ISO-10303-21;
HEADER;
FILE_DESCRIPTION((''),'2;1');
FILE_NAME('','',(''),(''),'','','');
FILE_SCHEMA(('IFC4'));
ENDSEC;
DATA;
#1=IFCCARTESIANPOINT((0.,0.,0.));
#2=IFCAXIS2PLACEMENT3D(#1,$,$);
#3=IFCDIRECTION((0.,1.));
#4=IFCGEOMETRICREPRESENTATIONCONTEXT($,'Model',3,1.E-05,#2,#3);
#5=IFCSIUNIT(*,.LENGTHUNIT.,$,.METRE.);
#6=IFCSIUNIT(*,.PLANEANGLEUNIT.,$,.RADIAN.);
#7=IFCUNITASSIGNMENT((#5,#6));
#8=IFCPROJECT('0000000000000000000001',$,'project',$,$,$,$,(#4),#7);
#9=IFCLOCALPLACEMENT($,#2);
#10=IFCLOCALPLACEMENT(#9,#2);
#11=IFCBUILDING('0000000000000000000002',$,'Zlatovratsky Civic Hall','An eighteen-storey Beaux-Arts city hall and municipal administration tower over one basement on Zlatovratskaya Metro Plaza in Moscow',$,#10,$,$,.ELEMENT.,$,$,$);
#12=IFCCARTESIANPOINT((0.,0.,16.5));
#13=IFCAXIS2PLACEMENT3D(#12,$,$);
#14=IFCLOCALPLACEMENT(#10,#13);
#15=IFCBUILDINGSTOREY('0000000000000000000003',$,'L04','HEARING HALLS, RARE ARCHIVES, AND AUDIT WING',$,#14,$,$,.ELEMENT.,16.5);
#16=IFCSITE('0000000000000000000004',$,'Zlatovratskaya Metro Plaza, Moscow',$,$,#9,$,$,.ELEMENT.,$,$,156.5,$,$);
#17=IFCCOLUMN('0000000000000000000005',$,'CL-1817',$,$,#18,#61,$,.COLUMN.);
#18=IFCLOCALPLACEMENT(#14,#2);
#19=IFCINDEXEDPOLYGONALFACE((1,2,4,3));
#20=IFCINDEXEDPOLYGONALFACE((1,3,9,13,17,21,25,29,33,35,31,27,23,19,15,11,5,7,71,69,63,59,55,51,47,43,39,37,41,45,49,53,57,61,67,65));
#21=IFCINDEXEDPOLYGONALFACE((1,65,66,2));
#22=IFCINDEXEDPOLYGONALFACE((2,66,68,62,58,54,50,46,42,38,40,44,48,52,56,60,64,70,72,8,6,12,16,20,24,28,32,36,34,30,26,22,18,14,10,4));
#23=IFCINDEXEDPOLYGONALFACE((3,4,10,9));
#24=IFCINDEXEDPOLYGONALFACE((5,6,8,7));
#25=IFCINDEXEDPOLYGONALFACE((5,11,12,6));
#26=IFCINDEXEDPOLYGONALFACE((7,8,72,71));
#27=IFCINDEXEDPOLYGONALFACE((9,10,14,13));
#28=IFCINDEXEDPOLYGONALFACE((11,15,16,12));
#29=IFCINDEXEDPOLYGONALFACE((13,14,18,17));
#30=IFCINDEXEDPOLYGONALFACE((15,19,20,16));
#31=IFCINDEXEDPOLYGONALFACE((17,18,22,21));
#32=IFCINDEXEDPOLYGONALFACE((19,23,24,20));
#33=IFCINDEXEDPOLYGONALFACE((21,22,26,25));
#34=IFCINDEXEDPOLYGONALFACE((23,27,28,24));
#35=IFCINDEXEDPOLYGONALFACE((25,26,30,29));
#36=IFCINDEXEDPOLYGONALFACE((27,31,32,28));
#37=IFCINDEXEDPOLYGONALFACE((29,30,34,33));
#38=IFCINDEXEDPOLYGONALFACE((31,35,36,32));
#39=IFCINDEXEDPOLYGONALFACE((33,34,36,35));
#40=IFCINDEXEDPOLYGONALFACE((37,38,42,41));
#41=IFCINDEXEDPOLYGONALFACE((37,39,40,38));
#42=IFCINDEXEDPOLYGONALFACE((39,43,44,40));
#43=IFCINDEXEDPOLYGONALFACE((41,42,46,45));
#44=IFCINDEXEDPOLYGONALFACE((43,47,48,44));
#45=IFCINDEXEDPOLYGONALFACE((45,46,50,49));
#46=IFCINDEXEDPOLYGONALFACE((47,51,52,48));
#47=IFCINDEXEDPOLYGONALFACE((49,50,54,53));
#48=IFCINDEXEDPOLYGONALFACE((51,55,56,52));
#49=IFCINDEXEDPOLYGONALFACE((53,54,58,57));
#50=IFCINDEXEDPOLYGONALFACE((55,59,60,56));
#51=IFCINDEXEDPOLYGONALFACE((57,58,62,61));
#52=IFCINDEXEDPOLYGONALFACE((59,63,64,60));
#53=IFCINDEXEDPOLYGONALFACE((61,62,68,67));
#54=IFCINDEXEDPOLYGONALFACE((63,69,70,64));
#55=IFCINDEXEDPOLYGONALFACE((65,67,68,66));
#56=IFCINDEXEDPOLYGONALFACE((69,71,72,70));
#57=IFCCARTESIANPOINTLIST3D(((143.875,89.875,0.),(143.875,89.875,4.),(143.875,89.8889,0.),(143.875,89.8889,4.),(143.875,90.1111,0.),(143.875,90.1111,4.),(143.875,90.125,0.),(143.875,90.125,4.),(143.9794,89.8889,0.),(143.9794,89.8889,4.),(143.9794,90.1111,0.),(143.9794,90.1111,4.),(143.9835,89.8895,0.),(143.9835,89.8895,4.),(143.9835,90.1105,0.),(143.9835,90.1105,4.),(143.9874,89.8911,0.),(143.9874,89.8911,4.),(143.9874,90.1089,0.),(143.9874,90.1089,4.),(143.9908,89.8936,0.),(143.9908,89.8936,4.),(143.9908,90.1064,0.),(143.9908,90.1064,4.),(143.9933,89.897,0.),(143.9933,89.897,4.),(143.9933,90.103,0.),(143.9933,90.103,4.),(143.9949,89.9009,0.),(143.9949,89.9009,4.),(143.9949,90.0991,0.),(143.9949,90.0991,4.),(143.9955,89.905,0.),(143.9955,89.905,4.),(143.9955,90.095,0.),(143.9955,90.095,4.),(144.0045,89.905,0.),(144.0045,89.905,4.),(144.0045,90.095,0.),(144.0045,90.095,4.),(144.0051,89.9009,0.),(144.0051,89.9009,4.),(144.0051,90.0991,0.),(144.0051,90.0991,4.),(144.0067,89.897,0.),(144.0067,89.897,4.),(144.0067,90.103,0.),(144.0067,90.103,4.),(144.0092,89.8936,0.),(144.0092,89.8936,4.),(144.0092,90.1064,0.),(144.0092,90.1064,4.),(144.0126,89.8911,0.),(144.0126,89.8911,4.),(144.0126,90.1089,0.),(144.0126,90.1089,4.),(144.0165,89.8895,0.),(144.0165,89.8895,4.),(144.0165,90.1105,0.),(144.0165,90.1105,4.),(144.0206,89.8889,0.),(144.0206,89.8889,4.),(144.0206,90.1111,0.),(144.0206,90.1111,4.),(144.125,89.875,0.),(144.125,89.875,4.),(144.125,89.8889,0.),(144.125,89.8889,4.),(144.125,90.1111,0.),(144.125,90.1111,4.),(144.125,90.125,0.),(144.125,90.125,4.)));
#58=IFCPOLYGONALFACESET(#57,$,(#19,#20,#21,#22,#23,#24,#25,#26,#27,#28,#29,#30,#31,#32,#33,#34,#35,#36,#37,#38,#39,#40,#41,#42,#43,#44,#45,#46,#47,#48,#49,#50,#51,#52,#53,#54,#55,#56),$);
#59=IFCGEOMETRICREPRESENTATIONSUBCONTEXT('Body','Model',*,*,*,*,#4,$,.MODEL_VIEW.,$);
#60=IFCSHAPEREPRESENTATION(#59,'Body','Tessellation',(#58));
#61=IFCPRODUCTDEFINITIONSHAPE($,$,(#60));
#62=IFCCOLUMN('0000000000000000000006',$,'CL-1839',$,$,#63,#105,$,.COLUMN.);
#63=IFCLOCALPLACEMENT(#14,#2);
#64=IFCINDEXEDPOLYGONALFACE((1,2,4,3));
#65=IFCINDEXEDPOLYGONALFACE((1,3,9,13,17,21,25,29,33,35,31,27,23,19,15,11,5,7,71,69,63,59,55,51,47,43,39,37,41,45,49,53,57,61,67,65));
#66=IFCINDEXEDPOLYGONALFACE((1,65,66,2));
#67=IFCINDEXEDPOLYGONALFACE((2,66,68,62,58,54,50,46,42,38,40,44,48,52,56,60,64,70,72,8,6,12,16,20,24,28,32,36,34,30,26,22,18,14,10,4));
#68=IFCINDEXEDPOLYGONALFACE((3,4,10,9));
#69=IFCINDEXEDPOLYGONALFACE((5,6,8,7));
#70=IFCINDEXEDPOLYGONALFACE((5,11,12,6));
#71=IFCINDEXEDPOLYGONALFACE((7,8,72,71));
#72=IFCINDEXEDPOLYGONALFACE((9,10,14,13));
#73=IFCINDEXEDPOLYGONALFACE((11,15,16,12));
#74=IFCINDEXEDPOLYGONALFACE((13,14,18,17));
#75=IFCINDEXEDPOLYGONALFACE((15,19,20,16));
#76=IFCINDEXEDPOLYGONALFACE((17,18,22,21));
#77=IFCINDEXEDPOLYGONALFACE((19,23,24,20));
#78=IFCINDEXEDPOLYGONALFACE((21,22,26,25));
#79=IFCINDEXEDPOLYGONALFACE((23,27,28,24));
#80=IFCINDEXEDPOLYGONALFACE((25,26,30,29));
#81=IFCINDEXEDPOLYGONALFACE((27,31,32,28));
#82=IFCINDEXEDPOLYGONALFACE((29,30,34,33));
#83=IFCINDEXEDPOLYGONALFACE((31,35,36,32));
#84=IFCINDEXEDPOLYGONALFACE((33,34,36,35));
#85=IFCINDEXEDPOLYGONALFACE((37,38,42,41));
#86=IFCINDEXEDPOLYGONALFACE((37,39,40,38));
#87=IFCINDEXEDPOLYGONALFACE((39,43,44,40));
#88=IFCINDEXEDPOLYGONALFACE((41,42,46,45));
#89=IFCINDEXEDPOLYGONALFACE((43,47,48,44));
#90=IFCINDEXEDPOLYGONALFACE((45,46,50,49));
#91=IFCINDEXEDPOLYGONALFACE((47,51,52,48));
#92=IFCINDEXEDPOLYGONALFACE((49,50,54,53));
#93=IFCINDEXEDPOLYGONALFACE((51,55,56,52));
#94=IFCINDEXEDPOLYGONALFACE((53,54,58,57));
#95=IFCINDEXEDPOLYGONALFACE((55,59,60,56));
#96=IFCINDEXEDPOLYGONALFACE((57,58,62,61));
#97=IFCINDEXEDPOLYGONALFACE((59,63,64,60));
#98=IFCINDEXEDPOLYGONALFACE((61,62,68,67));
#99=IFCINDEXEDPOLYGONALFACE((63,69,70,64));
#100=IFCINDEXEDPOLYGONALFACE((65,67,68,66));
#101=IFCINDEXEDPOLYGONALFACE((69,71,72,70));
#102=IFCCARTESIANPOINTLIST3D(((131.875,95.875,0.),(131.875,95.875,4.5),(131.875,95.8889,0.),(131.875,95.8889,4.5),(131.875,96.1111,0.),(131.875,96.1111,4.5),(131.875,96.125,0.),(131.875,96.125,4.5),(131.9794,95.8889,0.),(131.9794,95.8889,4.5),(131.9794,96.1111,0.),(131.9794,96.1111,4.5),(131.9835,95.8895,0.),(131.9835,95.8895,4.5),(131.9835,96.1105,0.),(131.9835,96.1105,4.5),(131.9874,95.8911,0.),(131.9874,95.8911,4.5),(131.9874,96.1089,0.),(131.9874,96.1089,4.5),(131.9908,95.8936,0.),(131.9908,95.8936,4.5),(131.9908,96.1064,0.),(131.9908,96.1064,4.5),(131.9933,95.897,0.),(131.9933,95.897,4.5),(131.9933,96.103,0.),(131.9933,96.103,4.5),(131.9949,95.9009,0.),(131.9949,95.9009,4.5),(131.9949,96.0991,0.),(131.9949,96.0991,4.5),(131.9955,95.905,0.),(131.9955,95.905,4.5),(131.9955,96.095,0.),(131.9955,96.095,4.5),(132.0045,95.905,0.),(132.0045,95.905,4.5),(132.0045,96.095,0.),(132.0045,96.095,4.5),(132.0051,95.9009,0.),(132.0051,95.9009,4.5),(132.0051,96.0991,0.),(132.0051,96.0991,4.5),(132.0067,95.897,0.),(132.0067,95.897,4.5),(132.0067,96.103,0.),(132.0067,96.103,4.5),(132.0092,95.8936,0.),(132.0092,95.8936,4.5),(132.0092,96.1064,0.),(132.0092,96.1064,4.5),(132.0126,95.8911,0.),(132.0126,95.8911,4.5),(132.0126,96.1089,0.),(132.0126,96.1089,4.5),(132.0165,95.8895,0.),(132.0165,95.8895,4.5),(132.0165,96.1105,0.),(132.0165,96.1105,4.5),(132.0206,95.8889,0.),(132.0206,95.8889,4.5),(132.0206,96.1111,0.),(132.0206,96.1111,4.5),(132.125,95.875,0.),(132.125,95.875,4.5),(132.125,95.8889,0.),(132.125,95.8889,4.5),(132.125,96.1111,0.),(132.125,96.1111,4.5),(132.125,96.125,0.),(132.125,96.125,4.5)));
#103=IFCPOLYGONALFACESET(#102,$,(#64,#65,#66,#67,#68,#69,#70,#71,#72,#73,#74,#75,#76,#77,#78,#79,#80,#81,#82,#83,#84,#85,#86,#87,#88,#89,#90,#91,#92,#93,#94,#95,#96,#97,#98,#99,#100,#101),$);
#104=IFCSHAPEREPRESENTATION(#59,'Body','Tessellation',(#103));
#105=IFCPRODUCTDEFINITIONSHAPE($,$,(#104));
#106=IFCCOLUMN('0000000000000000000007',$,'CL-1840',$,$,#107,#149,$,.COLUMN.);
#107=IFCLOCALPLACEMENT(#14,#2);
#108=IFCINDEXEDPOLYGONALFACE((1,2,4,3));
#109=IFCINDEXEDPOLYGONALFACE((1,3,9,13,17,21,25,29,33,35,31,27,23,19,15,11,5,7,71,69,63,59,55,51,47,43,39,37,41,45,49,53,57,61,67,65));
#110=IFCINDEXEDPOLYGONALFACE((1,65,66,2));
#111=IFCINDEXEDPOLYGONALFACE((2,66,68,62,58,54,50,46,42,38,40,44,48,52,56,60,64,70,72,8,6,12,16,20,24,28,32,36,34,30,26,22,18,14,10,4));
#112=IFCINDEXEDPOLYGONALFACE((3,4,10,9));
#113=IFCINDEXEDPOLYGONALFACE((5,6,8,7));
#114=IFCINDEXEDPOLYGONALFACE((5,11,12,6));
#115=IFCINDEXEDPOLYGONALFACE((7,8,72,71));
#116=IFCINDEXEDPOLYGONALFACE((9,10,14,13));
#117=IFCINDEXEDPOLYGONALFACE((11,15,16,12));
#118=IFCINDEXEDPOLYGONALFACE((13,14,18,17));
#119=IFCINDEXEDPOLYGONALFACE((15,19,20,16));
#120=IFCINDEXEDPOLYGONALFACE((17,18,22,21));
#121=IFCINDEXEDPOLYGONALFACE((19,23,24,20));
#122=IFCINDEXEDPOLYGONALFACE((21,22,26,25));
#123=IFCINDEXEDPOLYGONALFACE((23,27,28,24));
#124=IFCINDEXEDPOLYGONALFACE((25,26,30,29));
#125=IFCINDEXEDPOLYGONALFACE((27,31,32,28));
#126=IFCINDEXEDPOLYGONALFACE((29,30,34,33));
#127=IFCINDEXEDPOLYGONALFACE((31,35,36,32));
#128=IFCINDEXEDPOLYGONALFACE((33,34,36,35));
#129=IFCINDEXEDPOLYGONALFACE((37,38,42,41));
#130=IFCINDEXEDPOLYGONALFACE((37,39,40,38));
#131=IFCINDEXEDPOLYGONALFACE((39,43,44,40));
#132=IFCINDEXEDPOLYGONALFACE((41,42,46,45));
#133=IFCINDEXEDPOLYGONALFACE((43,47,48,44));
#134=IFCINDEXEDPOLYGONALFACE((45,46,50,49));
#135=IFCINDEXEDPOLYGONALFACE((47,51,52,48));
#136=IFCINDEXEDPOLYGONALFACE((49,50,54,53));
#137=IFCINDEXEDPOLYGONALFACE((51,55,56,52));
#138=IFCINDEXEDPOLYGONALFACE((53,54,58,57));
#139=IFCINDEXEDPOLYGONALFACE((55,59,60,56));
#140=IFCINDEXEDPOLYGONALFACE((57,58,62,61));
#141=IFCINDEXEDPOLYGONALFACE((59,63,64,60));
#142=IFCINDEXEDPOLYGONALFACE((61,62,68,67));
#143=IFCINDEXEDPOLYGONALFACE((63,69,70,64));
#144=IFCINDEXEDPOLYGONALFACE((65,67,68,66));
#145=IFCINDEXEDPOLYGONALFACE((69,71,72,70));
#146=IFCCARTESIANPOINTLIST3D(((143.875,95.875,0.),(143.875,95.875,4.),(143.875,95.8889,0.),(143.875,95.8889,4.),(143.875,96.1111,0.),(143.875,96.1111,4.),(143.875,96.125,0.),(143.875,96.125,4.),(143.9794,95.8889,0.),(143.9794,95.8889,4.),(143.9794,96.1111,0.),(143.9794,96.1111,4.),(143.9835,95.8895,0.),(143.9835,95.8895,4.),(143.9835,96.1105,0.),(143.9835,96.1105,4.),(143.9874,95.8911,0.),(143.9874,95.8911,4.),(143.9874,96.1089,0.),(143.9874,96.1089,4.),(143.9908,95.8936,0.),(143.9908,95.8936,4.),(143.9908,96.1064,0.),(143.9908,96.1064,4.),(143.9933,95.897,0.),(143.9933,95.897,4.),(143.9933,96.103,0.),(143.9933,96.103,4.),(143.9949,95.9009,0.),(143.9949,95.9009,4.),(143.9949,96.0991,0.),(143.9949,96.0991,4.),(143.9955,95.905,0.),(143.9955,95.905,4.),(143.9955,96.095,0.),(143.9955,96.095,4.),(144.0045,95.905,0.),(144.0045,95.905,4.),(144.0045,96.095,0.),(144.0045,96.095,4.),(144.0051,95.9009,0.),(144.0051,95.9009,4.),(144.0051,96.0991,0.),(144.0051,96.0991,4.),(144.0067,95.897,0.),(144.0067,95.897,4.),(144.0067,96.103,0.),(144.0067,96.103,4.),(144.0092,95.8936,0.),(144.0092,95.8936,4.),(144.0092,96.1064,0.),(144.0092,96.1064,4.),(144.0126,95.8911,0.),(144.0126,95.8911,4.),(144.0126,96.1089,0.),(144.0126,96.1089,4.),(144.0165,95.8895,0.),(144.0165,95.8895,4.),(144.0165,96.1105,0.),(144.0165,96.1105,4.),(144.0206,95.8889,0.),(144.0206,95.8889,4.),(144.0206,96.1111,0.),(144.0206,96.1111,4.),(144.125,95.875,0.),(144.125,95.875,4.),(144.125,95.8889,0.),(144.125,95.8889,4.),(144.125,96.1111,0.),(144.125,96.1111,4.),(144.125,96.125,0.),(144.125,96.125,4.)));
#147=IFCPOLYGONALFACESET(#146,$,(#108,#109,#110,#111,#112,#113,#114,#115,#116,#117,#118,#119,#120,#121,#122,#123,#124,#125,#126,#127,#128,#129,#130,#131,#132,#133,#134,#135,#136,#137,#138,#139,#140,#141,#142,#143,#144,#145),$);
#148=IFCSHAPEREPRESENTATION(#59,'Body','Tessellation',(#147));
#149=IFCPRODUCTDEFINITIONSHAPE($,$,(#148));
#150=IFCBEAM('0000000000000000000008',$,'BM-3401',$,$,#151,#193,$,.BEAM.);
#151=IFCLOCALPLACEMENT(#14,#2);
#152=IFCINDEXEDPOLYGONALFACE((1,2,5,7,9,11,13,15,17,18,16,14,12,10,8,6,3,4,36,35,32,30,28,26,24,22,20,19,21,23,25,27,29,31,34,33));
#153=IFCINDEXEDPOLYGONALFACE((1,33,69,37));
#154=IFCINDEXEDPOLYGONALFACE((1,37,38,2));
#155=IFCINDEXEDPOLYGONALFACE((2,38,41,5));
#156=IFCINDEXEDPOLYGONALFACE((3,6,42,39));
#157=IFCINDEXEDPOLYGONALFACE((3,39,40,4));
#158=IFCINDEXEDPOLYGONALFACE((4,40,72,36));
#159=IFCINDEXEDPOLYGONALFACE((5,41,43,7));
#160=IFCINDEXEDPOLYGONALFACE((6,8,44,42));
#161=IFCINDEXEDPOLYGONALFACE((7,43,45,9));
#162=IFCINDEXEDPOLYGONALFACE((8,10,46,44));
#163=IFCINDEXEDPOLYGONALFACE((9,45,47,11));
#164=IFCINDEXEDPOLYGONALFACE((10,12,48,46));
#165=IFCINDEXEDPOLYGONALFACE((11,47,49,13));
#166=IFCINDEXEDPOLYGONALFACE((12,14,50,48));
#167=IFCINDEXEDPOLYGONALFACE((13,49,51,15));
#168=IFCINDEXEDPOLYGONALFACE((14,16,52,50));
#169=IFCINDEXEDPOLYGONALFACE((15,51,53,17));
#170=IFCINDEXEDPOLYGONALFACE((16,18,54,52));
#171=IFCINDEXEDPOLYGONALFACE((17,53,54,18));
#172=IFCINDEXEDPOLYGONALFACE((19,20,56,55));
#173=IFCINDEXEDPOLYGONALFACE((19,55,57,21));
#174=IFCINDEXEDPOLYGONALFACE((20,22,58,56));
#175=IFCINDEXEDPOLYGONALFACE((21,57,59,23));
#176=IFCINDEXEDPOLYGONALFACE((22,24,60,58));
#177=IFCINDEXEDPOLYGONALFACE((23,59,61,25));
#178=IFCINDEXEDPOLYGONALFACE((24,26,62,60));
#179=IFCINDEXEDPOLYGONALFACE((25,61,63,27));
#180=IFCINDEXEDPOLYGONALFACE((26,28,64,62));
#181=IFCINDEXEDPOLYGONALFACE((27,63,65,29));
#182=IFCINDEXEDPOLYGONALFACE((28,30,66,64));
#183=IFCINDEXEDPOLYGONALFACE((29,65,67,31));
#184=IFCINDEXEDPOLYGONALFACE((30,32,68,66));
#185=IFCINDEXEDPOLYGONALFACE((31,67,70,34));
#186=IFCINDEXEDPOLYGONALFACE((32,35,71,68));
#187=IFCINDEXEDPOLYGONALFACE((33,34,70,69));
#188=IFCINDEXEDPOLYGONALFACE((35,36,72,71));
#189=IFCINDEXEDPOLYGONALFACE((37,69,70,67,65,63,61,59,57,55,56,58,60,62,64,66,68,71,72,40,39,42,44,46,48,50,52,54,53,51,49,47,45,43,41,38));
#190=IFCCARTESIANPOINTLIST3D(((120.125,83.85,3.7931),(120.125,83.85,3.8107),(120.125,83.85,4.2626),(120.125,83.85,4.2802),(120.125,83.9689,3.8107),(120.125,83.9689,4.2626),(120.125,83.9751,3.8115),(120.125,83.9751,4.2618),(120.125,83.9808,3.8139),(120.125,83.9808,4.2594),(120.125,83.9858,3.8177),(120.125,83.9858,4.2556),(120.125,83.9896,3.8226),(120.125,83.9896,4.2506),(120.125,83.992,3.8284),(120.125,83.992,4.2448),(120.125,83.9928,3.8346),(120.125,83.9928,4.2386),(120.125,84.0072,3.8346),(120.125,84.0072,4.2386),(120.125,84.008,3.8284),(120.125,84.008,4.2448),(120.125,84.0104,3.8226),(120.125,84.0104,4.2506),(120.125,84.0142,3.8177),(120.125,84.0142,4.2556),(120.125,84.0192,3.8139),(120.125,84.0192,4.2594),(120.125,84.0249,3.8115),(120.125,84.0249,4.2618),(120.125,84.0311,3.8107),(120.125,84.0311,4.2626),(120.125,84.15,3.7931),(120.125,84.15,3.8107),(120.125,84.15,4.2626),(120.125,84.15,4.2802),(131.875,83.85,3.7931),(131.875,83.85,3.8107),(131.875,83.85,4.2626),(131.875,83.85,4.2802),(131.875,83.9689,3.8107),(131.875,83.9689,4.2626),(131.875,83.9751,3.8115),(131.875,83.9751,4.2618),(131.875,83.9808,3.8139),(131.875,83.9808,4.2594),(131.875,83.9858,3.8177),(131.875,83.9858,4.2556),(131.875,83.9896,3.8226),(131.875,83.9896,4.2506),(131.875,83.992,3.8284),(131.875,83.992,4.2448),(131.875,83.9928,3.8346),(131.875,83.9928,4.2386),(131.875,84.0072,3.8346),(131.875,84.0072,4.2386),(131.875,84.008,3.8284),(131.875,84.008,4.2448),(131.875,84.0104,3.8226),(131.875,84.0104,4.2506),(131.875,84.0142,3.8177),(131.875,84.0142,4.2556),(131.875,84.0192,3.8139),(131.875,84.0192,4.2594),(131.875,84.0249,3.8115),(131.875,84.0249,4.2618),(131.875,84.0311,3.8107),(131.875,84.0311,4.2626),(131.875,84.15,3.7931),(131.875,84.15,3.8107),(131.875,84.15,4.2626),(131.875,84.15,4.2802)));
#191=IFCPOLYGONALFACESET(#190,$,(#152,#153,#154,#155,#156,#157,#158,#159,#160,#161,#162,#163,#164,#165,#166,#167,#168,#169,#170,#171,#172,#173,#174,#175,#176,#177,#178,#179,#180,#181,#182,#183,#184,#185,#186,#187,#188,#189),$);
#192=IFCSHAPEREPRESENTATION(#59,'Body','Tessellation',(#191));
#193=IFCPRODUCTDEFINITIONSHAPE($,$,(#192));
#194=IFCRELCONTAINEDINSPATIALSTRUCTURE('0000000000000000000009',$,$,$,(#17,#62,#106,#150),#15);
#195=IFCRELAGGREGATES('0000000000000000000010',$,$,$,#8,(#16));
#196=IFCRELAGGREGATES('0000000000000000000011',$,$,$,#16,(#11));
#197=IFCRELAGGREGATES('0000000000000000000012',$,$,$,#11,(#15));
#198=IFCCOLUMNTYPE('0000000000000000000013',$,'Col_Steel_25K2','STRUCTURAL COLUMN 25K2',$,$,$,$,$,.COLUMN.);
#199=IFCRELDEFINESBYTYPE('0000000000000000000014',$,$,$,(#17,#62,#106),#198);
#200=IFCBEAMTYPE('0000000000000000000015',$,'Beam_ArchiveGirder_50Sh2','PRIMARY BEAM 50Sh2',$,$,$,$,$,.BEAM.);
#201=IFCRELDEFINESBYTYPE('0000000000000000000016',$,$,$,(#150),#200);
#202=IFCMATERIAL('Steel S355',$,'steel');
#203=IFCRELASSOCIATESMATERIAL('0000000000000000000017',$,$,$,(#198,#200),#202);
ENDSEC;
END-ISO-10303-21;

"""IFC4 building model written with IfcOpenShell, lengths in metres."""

from ifc_helpers import new_model, si_unit, direction, frame, origin, origin_2d, place, context, subcontext, project, spatial, i_section, extrude, material, material_profile, profile_set, type_object, element, save


model = new_model("IFC4")

# Units and contexts
model_context = context("Model", 3, precision=1e-05, world=origin(), true_north=direction((0.0, 1.0)))
body_context = subcontext(model_context, "Body", "Model", "MODEL_VIEW")
ifc_project = project(units=[si_unit("LENGTHUNIT", "METRE"), si_unit("PLANEANGLEUNIT", "RADIAN")], contexts=[model_context])

# Site, building, storey
site_placement = place(None, origin())
site = spatial("IfcSite", under=ifc_project, at=site_placement, Name="Zlatovratskaya Metro Plaza, Moscow", CompositionType="ELEMENT", RefElevation=156.5)
building_placement = place(site_placement, origin())
building = spatial("IfcBuilding", under=site, at=building_placement, Name="Zlatovratsky Civic Hall", Description="An eighteen-storey Beaux-Arts city hall and municipal administration tower over one basement on Zlatovratskaya Metro Plaza in Moscow", CompositionType="ELEMENT")
storey_placement = place(building_placement, frame((0.0, 0.0, 16.5)))
storey = spatial("IfcBuildingStorey", under=building, at=storey_placement, Name="L04", Description="HEARING HALLS, RARE ARCHIVES, AND AUDIT WING", CompositionType="ELEMENT", Elevation=16.5)

# Columns
ifc_material_1 = material(Name="Steel S355", Category="steel")
ifc_material_profile_1 = material_profile(ifc_material_1, i_section(OverallWidth=0.25, OverallDepth=0.25, WebThickness=0.009, FlangeThickness=0.0139, FilletRadius=0.0161, at=origin_2d()), Name="25K2")
ifc_profile_set_1 = profile_set([ifc_material_profile_1], Name="Steel S355")
column_type_1 = type_object("IfcColumnType", Name="Col_Steel_25K2", Description="STRUCTURAL COLUMN 25K2", PredefinedType="COLUMN", material=ifc_profile_set_1)
column_1_placement = place(storey_placement, frame((144.0, 90.0, 0.0), z_axis=(0.0, 0.0, 1.0), x_axis=(1.0, 0.0, 0.0)))
element("IfcColumn", 1, at=column_1_placement, inside=storey, type_object=column_type_1, Name="CL-1817", PredefinedType="COLUMN", context=body_context, shape_type="SweptSolid", body=[
    extrude(i_section(OverallWidth=0.25, OverallDepth=0.25, WebThickness=0.009, FlangeThickness=0.0139, FilletRadius=0.0161, at=origin_2d()), origin(), (0.0, 0.0, 1.0), 4.0),
])
column_2_placement = place(storey_placement, frame((132.0, 96.0, 0.0), z_axis=(0.0, 0.0, 1.0), x_axis=(1.0, 0.0, 0.0)))
element("IfcColumn", 2, at=column_2_placement, inside=storey, type_object=column_type_1, Name="CL-1839", PredefinedType="COLUMN", context=body_context, shape_type="SweptSolid", body=[
    extrude(i_section(OverallWidth=0.25, OverallDepth=0.25, WebThickness=0.009, FlangeThickness=0.0139, FilletRadius=0.0161, at=origin_2d()), origin(), (0.0, 0.0, 1.0), 4.5),
])
column_3_placement = place(storey_placement, frame((144.0, 96.0, 0.0), z_axis=(0.0, 0.0, 1.0), x_axis=(1.0, 0.0, 0.0)))
element("IfcColumn", 3, at=column_3_placement, inside=storey, type_object=column_type_1, Name="CL-1840", PredefinedType="COLUMN", context=body_context, shape_type="SweptSolid", body=[
    extrude(i_section(OverallWidth=0.25, OverallDepth=0.25, WebThickness=0.009, FlangeThickness=0.0139, FilletRadius=0.0161, at=origin_2d()), origin(), (0.0, 0.0, 1.0), 4.0),
])

# Beam
ifc_material_profile_2 = material_profile(ifc_material_1, i_section(OverallWidth=0.3, OverallDepth=0.4871, WebThickness=0.0144, FlangeThickness=0.0176, FilletRadius=0.0239, at=origin_2d()), Name="50Sh2")
ifc_profile_set_2 = profile_set([ifc_material_profile_2], Name="Steel S355")
beam_type_1 = type_object("IfcBeamType", Name="Beam_ArchiveGirder_50Sh2", Description="PRIMARY BEAM 50Sh2", PredefinedType="BEAM", material=ifc_profile_set_2)
for number, where, z_axis, x_axis, name in (
    (4, (120.125, 84.0, 4.0366), (1.0, 0.0, 0.0), (0.0, 1.0, 0.0), "BM-3401"),
):
    element("IfcBeam", number, at=place(storey_placement, frame(where, z_axis=z_axis, x_axis=x_axis)), inside=storey, type_object=beam_type_1, Name=name, PredefinedType="BEAM", context=body_context, shape_type="SweptSolid", body=[
        extrude(i_section(OverallWidth=0.3, OverallDepth=0.4871, WebThickness=0.0144, FlangeThickness=0.0176, FilletRadius=0.0239, at=origin_2d()), origin(), (0.0, 0.0, 1.0), 11.75),
    ])

save(model, "model.ifc")
